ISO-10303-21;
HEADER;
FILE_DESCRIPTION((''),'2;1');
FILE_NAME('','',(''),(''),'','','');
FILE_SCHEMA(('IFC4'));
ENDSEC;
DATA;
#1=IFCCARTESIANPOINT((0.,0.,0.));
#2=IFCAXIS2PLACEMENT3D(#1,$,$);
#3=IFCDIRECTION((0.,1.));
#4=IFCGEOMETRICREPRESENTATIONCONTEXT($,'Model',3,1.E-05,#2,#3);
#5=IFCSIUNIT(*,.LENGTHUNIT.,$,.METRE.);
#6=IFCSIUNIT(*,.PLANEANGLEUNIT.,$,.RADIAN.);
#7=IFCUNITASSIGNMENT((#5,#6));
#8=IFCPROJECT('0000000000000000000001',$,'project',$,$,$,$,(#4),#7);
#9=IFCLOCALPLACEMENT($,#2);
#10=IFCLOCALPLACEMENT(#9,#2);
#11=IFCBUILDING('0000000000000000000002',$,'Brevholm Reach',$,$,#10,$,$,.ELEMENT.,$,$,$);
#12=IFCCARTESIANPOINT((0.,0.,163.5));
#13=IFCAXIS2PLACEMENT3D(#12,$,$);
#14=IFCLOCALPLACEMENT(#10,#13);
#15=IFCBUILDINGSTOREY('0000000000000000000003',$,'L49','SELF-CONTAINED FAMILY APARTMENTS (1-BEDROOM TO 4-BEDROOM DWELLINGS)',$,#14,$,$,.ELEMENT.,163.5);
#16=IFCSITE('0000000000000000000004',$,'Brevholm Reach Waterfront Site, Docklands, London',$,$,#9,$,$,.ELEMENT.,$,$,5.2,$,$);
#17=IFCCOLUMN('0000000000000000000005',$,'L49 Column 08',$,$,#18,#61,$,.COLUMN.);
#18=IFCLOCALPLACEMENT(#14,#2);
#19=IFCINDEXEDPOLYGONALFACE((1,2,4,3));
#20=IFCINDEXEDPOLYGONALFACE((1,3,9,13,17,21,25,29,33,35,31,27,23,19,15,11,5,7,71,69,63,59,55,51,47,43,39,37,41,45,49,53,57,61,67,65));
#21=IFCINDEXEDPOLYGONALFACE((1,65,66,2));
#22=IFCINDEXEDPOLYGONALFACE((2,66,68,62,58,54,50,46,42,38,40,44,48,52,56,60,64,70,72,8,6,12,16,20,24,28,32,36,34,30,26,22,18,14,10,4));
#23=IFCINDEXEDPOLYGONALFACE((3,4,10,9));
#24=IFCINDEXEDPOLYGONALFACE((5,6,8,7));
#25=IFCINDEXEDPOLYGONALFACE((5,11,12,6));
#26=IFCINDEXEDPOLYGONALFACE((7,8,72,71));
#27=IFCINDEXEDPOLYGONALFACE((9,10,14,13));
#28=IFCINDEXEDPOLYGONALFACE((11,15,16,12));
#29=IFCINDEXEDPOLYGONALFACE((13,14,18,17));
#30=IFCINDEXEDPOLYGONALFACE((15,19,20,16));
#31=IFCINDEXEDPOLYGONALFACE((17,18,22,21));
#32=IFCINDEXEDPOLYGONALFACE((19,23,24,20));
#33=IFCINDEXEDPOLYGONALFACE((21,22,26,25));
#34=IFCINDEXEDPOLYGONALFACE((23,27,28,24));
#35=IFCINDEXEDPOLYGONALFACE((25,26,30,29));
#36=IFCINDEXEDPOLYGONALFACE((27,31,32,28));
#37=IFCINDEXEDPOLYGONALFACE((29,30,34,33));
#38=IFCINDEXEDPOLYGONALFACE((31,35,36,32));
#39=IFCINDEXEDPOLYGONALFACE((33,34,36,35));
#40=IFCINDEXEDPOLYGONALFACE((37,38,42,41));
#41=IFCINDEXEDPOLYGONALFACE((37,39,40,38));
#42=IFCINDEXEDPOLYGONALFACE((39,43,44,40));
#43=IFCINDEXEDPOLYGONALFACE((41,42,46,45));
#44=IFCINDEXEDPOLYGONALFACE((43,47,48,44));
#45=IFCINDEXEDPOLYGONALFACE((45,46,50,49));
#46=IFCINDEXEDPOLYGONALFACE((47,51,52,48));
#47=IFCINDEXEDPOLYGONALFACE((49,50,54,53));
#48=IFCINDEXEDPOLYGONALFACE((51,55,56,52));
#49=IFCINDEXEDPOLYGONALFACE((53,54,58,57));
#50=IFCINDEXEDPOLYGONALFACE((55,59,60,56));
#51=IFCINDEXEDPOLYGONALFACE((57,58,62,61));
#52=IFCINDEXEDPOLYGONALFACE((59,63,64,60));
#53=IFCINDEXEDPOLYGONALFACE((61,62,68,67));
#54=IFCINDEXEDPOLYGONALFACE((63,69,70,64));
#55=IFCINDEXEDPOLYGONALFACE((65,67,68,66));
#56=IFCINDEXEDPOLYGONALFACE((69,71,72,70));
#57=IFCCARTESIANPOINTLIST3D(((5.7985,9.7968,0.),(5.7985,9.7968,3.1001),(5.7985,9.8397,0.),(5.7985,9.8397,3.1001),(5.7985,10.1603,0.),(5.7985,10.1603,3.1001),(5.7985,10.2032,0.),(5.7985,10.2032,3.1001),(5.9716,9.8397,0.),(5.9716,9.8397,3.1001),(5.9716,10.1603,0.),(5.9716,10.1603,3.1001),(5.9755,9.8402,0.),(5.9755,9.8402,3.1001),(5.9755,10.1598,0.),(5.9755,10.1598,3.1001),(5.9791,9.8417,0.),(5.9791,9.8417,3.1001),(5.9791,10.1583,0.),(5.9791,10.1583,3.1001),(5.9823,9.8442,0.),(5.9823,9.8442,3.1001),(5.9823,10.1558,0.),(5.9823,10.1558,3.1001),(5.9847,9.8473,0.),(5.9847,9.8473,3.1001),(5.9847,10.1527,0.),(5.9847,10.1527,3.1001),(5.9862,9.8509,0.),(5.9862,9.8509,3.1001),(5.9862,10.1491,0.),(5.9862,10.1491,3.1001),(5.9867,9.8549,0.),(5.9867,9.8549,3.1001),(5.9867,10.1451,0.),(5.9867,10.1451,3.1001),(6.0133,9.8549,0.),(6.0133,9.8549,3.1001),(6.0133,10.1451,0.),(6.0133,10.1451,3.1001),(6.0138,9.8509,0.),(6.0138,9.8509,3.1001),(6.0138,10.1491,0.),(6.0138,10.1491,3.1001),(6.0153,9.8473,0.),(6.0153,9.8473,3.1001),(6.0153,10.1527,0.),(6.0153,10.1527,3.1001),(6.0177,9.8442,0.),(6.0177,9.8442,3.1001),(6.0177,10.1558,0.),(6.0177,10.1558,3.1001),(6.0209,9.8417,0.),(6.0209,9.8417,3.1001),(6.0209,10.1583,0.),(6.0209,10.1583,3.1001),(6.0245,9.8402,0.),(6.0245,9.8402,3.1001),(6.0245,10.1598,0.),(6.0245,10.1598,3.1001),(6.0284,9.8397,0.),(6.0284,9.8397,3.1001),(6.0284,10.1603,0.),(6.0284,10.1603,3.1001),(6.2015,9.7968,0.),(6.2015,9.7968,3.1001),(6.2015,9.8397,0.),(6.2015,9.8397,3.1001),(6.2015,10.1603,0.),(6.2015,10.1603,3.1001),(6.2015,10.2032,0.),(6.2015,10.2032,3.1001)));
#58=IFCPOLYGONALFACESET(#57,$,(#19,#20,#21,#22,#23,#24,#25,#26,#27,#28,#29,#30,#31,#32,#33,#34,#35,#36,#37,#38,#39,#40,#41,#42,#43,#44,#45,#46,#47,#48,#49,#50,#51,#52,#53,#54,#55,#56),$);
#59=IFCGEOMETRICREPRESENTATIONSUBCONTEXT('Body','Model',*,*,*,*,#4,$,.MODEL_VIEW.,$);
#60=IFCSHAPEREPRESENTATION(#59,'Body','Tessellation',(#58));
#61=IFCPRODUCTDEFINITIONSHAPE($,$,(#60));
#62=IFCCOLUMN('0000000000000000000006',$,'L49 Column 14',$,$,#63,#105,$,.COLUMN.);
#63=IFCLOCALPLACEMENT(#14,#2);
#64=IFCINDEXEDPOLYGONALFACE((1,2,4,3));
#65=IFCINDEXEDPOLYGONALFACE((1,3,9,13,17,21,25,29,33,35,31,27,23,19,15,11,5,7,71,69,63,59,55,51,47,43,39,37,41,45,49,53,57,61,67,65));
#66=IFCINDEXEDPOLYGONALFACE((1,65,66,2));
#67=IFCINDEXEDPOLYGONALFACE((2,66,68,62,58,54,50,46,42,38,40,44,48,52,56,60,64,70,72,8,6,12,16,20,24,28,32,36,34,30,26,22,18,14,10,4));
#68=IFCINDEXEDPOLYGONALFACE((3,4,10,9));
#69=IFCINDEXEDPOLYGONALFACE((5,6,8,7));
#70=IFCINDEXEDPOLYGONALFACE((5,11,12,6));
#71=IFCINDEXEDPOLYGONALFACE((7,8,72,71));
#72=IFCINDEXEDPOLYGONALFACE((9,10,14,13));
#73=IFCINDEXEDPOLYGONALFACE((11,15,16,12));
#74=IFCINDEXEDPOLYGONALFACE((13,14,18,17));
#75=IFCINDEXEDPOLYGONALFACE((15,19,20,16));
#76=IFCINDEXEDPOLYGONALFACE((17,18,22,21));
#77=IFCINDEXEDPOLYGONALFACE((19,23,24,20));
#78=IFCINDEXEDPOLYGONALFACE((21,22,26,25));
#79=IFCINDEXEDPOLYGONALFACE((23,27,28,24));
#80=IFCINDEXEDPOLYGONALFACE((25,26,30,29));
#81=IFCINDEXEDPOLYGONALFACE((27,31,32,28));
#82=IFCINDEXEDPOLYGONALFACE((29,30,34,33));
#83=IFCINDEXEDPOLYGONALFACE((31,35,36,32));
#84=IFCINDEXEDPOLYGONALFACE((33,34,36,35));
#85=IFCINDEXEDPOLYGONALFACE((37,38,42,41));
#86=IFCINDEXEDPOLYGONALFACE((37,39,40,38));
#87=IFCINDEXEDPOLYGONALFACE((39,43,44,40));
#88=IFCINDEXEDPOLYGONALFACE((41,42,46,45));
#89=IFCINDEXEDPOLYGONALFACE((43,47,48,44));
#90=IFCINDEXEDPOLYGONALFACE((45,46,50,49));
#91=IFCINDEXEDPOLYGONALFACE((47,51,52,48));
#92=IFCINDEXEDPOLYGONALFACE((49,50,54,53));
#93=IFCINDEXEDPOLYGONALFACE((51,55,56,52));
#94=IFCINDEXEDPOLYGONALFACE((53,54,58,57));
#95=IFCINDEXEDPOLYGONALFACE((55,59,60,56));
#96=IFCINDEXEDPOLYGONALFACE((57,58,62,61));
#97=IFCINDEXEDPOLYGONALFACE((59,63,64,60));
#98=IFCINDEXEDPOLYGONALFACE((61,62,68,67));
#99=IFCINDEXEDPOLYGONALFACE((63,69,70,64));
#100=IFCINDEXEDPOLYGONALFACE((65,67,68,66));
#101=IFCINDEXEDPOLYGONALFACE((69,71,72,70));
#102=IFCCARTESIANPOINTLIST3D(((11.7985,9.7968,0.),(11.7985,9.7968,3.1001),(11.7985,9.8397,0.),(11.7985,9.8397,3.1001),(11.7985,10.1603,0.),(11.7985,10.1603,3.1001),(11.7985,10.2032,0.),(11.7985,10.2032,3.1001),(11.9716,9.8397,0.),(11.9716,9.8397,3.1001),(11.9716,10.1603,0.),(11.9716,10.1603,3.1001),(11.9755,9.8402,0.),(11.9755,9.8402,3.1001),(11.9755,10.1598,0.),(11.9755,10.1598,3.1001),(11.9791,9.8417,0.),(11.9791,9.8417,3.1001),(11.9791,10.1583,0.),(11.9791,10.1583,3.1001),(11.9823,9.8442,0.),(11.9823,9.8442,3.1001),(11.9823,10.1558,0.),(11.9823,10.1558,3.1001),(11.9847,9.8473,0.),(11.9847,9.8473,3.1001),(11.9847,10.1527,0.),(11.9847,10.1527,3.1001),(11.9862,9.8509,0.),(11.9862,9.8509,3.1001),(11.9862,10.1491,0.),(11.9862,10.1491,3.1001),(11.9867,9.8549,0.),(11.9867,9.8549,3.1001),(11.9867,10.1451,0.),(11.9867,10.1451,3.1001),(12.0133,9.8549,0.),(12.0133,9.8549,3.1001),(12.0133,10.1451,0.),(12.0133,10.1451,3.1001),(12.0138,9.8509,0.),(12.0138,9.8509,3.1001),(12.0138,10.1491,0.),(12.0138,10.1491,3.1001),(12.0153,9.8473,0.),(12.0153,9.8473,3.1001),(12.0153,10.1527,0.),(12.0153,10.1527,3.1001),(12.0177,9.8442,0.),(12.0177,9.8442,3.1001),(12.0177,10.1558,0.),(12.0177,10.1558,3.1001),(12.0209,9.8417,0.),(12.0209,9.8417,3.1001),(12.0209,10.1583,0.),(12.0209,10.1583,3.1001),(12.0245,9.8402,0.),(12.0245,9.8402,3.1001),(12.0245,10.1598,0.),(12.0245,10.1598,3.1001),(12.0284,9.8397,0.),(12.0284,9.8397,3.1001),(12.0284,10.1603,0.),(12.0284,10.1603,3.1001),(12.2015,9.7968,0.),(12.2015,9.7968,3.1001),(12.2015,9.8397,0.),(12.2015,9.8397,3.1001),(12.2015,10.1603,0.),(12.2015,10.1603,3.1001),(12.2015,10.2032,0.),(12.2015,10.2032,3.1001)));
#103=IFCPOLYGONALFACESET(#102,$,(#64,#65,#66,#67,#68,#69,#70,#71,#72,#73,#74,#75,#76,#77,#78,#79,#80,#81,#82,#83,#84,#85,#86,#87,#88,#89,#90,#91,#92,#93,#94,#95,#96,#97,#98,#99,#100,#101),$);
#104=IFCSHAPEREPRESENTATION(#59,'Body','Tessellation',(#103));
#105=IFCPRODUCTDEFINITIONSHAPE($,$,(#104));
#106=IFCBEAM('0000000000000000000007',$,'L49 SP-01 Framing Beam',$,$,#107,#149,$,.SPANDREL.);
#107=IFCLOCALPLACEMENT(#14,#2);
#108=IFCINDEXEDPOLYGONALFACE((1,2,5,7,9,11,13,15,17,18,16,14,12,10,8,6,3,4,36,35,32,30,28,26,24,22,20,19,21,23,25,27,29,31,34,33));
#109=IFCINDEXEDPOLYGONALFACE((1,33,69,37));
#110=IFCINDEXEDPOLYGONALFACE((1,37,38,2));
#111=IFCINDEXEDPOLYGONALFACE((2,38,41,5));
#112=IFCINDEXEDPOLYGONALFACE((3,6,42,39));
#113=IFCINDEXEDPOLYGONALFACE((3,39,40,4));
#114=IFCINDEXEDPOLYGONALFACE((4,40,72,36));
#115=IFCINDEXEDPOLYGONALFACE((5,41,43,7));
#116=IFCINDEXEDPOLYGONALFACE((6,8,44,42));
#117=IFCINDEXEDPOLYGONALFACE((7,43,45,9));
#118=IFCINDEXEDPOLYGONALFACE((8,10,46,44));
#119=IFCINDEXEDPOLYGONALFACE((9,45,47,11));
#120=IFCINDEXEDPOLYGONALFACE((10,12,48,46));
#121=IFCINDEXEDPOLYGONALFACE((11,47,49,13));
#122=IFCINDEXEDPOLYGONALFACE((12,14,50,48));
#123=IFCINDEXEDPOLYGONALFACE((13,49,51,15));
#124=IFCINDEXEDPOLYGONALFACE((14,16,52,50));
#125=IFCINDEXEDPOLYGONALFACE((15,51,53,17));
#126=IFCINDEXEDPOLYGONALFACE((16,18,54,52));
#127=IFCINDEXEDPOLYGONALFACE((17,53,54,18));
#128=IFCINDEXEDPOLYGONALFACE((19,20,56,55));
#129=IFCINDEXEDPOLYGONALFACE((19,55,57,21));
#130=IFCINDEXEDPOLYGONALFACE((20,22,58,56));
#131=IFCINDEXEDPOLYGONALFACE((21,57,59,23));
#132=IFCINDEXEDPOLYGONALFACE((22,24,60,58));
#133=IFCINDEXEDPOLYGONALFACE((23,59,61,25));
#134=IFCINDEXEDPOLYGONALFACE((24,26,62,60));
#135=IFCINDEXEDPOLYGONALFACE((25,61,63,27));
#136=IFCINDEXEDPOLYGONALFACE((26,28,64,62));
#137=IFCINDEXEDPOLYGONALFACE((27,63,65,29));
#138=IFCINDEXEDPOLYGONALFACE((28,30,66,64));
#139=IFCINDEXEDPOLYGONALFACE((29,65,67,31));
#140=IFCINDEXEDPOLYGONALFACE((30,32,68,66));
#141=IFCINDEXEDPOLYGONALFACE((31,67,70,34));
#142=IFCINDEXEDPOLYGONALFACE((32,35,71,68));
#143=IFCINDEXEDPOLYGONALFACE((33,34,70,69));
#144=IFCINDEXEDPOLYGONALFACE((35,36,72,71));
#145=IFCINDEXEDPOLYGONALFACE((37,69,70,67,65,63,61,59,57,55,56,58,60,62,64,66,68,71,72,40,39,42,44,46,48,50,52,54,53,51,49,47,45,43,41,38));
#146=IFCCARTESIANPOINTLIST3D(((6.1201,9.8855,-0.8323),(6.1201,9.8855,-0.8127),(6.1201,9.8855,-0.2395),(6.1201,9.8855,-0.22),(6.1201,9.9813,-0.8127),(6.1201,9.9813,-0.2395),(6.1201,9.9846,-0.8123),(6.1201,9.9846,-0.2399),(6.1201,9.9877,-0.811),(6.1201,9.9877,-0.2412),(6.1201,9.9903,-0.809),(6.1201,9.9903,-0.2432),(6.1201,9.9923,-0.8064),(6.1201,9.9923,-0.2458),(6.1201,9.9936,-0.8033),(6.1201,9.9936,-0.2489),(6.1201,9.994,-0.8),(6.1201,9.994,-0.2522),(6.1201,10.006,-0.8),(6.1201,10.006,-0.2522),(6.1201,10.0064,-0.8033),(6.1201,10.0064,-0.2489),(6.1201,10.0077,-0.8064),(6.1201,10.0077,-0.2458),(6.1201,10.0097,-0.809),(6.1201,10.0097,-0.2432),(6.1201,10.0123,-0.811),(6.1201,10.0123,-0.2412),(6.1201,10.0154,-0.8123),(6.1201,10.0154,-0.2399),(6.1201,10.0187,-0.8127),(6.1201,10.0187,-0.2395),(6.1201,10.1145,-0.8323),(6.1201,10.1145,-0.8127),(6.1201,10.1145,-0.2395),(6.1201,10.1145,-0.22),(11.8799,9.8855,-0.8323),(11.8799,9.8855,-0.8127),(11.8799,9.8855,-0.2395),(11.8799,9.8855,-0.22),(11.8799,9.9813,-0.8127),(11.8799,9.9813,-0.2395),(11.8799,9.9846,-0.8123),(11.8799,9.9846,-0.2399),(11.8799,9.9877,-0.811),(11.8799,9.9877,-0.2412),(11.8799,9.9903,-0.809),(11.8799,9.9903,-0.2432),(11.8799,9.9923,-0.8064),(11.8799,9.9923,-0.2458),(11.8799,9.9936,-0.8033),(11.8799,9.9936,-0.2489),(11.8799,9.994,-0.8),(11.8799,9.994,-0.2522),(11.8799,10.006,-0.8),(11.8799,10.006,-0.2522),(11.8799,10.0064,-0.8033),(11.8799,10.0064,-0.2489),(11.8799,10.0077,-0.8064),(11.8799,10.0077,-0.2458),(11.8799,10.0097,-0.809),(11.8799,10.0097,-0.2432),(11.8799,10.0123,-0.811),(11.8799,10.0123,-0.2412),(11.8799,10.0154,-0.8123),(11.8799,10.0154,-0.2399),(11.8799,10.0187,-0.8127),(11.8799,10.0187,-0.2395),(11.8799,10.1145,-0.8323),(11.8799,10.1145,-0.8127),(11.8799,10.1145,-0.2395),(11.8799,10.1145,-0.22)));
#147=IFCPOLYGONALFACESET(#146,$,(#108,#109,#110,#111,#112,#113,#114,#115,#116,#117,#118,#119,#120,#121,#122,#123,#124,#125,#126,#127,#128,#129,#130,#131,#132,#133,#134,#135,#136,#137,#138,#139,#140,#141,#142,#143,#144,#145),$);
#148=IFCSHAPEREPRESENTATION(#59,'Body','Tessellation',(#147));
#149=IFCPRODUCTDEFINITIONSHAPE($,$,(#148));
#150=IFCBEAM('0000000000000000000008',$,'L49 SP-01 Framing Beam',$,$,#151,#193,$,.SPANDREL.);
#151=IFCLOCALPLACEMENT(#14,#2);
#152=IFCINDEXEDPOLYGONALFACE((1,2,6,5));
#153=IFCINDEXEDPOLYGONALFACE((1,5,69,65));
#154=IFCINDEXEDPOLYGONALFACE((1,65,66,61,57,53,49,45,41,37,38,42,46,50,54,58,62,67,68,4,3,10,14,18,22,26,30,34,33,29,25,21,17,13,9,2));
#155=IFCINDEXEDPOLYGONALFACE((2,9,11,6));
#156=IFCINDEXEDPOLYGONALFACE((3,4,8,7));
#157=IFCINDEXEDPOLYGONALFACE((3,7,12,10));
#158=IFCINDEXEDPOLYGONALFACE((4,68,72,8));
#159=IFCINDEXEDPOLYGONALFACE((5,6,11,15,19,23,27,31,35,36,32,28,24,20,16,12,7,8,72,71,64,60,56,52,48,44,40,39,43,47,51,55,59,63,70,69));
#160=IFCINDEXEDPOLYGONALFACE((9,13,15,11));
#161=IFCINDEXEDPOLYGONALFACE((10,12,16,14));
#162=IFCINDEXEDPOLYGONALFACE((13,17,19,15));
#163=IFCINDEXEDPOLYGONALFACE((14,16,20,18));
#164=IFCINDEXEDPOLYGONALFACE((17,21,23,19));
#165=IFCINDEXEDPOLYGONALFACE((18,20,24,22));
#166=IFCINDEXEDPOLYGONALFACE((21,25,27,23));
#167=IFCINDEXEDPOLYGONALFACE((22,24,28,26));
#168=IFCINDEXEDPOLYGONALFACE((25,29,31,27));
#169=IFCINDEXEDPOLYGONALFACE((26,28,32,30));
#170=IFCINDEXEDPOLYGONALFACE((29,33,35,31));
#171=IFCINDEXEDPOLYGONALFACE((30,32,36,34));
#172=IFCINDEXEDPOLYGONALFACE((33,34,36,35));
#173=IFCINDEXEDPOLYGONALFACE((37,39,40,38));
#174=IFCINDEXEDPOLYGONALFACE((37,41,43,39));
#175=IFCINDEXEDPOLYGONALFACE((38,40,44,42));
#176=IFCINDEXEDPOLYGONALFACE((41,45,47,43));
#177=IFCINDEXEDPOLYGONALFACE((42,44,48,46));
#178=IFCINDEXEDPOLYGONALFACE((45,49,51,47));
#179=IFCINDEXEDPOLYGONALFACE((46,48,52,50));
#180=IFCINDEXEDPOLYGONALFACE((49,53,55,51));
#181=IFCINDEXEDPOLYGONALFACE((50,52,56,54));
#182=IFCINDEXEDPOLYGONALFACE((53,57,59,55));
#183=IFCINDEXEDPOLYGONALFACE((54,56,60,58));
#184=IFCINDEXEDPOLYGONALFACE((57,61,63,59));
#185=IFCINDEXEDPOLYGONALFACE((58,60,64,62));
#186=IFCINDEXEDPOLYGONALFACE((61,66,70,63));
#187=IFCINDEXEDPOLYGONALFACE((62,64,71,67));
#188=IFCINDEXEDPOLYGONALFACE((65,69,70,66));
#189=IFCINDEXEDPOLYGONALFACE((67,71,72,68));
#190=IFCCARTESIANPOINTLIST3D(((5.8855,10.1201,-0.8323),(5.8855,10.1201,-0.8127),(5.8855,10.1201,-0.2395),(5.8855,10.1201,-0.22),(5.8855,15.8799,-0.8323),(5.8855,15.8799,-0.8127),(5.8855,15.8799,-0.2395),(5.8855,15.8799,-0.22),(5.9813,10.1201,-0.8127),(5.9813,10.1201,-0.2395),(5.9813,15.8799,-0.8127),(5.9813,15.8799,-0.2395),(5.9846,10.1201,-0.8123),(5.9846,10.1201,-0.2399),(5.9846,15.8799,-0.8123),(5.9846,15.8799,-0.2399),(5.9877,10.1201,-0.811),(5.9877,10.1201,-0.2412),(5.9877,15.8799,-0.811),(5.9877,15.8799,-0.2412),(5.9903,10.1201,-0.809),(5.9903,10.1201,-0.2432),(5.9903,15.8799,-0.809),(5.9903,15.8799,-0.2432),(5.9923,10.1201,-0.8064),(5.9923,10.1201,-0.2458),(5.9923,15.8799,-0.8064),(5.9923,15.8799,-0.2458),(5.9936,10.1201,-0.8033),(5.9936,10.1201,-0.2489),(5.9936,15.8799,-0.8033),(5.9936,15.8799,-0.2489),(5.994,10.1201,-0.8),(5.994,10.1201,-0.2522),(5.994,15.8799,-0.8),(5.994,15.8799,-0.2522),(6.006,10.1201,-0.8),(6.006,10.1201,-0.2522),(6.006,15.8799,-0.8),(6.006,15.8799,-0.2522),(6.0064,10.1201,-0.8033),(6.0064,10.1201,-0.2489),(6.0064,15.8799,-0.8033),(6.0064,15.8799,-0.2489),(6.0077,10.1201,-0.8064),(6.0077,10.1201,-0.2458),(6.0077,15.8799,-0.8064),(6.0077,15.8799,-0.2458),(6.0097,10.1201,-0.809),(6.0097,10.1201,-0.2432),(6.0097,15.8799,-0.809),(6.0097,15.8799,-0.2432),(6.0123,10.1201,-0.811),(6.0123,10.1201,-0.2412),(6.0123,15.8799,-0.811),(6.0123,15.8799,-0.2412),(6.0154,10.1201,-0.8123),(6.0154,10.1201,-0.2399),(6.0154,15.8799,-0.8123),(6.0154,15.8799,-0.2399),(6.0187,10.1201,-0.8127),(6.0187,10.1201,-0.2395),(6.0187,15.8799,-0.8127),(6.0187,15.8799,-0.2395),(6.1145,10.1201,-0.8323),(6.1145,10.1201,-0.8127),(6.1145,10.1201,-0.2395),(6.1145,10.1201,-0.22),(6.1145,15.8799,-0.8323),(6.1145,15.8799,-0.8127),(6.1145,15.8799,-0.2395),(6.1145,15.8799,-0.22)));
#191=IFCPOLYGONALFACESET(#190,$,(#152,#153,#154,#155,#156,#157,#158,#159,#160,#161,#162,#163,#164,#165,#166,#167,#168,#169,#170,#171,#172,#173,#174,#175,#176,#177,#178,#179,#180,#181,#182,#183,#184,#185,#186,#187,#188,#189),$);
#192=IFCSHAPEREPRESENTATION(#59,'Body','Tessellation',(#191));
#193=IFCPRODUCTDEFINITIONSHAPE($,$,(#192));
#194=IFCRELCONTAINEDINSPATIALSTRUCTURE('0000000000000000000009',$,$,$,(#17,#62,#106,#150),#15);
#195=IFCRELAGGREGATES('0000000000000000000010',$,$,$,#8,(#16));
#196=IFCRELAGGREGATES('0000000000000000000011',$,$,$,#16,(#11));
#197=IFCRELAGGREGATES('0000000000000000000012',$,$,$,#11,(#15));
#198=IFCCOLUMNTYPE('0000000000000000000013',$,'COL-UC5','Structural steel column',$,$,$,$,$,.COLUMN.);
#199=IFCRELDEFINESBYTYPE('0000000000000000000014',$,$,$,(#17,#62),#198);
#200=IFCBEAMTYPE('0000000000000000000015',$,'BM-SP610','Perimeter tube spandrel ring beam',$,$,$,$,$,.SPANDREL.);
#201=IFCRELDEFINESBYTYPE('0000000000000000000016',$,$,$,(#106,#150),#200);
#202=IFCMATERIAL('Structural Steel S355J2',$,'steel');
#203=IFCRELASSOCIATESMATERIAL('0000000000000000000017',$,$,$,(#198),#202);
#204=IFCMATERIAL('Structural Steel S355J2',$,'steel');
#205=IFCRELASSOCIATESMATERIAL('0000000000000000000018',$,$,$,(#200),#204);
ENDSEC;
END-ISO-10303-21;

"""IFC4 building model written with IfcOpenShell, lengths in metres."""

from ifc_helpers import new_model, si_unit, direction, frame, origin, origin_2d, place, context, subcontext, project, spatial, i_section, extrude, material, material_profile, profile_set, type_object, element, save


model = new_model("IFC4")

# Units and contexts
model_context = context("Model", 3, precision=1e-05, world=origin(), true_north=direction((0.0, 1.0)))
body_context = subcontext(model_context, "Body", "Model", "MODEL_VIEW")
ifc_project = project(units=[si_unit("LENGTHUNIT", "METRE"), si_unit("PLANEANGLEUNIT", "RADIAN")], contexts=[model_context])

# Site, building, storey
site_placement = place(None, origin())
site = spatial("IfcSite", under=ifc_project, at=site_placement, Name="Brevholm Reach Waterfront Site, Docklands, London", CompositionType="ELEMENT", RefElevation=5.2)
building_placement = place(site_placement, origin())
building = spatial("IfcBuilding", under=site, at=building_placement, Name="Brevholm Reach", CompositionType="ELEMENT")
storey_placement = place(building_placement, frame((0.0, 0.0, 163.5)))
storey = spatial("IfcBuildingStorey", under=building, at=storey_placement, Name="L49", Description="SELF-CONTAINED FAMILY APARTMENTS (1-BEDROOM TO 4-BEDROOM DWELLINGS)", CompositionType="ELEMENT", Elevation=163.5)

# Columns
ifc_material_1 = material(Name="Structural Steel S355J2", Category="steel")
ifc_material_profile_1 = material_profile(ifc_material_1, i_section(OverallWidth=0.4031, OverallDepth=0.4065, WebThickness=0.0266, FlangeThickness=0.043, FilletRadius=0.0151, at=origin_2d()), Name="UKC 356x406x340")
ifc_profile_set_1 = profile_set([ifc_material_profile_1], Name="Structural Steel S355J2")
column_type = type_object("IfcColumnType", Name="COL-UC5", Description="Structural steel column", PredefinedType="COLUMN", material=ifc_profile_set_1)
for number, where, z_axis, x_axis, name in (
    (1, (6.0, 10.0, 0.0), (0.0, 0.0, 1.0), (1.0, 0.0, 0.0), "L49 Column 08"),
    (2, (12.0, 10.0, 0.0), (0.0, 0.0, 1.0), (1.0, 0.0, 0.0), "L49 Column 14"),
):
    element("IfcColumn", number, at=place(storey_placement, frame(where, z_axis=z_axis, x_axis=x_axis)), inside=storey, type_object=column_type, Name=name, PredefinedType="COLUMN", context=body_context, shape_type="SweptSolid", body=[
        extrude(i_section(OverallWidth=0.4031, OverallDepth=0.4065, WebThickness=0.0266, FlangeThickness=0.043, FilletRadius=0.0151, at=origin_2d()), origin(), (0.0, 0.0, 1.0), 3.1001),
    ])

# Beams
ifc_material_2 = material(Name="Structural Steel S355J2", Category="steel")
ifc_material_profile_2 = material_profile(ifc_material_2, i_section(OverallWidth=0.229, OverallDepth=0.6123, WebThickness=0.012, FlangeThickness=0.0195, FilletRadius=0.0127, at=origin_2d()), Name="UKB 610x229x125")
ifc_profile_set_2 = profile_set([ifc_material_profile_2], Name="Structural Steel S355J2")
beam_type = type_object("IfcBeamType", Name="BM-SP610", Description="Perimeter tube spandrel ring beam", PredefinedType="SPANDREL", material=ifc_profile_set_2)
for number, where, z_axis, x_axis, name in (
    (3, (6.1201, 10.0, -0.5261), (1.0, 0.0, 0.0), (0.0, 1.0, 0.0), "L49 SP-01 Framing Beam"),
    (4, (6.0, 10.1201, -0.5261), (0.0, 1.0, 0.0), (-1.0, 0.0, 0.0), "L49 SP-01 Framing Beam"),
):
    element("IfcBeam", number, at=place(storey_placement, frame(where, z_axis=z_axis, x_axis=x_axis)), inside=storey, type_object=beam_type, Name=name, PredefinedType="SPANDREL", context=body_context, shape_type="SweptSolid", body=[
        extrude(i_section(OverallWidth=0.229, OverallDepth=0.6123, WebThickness=0.012, FlangeThickness=0.0195, FilletRadius=0.0127, at=origin_2d()), origin(), (0.0, 0.0, 1.0), 5.7598),
    ])

save(model, "model.ifc")
